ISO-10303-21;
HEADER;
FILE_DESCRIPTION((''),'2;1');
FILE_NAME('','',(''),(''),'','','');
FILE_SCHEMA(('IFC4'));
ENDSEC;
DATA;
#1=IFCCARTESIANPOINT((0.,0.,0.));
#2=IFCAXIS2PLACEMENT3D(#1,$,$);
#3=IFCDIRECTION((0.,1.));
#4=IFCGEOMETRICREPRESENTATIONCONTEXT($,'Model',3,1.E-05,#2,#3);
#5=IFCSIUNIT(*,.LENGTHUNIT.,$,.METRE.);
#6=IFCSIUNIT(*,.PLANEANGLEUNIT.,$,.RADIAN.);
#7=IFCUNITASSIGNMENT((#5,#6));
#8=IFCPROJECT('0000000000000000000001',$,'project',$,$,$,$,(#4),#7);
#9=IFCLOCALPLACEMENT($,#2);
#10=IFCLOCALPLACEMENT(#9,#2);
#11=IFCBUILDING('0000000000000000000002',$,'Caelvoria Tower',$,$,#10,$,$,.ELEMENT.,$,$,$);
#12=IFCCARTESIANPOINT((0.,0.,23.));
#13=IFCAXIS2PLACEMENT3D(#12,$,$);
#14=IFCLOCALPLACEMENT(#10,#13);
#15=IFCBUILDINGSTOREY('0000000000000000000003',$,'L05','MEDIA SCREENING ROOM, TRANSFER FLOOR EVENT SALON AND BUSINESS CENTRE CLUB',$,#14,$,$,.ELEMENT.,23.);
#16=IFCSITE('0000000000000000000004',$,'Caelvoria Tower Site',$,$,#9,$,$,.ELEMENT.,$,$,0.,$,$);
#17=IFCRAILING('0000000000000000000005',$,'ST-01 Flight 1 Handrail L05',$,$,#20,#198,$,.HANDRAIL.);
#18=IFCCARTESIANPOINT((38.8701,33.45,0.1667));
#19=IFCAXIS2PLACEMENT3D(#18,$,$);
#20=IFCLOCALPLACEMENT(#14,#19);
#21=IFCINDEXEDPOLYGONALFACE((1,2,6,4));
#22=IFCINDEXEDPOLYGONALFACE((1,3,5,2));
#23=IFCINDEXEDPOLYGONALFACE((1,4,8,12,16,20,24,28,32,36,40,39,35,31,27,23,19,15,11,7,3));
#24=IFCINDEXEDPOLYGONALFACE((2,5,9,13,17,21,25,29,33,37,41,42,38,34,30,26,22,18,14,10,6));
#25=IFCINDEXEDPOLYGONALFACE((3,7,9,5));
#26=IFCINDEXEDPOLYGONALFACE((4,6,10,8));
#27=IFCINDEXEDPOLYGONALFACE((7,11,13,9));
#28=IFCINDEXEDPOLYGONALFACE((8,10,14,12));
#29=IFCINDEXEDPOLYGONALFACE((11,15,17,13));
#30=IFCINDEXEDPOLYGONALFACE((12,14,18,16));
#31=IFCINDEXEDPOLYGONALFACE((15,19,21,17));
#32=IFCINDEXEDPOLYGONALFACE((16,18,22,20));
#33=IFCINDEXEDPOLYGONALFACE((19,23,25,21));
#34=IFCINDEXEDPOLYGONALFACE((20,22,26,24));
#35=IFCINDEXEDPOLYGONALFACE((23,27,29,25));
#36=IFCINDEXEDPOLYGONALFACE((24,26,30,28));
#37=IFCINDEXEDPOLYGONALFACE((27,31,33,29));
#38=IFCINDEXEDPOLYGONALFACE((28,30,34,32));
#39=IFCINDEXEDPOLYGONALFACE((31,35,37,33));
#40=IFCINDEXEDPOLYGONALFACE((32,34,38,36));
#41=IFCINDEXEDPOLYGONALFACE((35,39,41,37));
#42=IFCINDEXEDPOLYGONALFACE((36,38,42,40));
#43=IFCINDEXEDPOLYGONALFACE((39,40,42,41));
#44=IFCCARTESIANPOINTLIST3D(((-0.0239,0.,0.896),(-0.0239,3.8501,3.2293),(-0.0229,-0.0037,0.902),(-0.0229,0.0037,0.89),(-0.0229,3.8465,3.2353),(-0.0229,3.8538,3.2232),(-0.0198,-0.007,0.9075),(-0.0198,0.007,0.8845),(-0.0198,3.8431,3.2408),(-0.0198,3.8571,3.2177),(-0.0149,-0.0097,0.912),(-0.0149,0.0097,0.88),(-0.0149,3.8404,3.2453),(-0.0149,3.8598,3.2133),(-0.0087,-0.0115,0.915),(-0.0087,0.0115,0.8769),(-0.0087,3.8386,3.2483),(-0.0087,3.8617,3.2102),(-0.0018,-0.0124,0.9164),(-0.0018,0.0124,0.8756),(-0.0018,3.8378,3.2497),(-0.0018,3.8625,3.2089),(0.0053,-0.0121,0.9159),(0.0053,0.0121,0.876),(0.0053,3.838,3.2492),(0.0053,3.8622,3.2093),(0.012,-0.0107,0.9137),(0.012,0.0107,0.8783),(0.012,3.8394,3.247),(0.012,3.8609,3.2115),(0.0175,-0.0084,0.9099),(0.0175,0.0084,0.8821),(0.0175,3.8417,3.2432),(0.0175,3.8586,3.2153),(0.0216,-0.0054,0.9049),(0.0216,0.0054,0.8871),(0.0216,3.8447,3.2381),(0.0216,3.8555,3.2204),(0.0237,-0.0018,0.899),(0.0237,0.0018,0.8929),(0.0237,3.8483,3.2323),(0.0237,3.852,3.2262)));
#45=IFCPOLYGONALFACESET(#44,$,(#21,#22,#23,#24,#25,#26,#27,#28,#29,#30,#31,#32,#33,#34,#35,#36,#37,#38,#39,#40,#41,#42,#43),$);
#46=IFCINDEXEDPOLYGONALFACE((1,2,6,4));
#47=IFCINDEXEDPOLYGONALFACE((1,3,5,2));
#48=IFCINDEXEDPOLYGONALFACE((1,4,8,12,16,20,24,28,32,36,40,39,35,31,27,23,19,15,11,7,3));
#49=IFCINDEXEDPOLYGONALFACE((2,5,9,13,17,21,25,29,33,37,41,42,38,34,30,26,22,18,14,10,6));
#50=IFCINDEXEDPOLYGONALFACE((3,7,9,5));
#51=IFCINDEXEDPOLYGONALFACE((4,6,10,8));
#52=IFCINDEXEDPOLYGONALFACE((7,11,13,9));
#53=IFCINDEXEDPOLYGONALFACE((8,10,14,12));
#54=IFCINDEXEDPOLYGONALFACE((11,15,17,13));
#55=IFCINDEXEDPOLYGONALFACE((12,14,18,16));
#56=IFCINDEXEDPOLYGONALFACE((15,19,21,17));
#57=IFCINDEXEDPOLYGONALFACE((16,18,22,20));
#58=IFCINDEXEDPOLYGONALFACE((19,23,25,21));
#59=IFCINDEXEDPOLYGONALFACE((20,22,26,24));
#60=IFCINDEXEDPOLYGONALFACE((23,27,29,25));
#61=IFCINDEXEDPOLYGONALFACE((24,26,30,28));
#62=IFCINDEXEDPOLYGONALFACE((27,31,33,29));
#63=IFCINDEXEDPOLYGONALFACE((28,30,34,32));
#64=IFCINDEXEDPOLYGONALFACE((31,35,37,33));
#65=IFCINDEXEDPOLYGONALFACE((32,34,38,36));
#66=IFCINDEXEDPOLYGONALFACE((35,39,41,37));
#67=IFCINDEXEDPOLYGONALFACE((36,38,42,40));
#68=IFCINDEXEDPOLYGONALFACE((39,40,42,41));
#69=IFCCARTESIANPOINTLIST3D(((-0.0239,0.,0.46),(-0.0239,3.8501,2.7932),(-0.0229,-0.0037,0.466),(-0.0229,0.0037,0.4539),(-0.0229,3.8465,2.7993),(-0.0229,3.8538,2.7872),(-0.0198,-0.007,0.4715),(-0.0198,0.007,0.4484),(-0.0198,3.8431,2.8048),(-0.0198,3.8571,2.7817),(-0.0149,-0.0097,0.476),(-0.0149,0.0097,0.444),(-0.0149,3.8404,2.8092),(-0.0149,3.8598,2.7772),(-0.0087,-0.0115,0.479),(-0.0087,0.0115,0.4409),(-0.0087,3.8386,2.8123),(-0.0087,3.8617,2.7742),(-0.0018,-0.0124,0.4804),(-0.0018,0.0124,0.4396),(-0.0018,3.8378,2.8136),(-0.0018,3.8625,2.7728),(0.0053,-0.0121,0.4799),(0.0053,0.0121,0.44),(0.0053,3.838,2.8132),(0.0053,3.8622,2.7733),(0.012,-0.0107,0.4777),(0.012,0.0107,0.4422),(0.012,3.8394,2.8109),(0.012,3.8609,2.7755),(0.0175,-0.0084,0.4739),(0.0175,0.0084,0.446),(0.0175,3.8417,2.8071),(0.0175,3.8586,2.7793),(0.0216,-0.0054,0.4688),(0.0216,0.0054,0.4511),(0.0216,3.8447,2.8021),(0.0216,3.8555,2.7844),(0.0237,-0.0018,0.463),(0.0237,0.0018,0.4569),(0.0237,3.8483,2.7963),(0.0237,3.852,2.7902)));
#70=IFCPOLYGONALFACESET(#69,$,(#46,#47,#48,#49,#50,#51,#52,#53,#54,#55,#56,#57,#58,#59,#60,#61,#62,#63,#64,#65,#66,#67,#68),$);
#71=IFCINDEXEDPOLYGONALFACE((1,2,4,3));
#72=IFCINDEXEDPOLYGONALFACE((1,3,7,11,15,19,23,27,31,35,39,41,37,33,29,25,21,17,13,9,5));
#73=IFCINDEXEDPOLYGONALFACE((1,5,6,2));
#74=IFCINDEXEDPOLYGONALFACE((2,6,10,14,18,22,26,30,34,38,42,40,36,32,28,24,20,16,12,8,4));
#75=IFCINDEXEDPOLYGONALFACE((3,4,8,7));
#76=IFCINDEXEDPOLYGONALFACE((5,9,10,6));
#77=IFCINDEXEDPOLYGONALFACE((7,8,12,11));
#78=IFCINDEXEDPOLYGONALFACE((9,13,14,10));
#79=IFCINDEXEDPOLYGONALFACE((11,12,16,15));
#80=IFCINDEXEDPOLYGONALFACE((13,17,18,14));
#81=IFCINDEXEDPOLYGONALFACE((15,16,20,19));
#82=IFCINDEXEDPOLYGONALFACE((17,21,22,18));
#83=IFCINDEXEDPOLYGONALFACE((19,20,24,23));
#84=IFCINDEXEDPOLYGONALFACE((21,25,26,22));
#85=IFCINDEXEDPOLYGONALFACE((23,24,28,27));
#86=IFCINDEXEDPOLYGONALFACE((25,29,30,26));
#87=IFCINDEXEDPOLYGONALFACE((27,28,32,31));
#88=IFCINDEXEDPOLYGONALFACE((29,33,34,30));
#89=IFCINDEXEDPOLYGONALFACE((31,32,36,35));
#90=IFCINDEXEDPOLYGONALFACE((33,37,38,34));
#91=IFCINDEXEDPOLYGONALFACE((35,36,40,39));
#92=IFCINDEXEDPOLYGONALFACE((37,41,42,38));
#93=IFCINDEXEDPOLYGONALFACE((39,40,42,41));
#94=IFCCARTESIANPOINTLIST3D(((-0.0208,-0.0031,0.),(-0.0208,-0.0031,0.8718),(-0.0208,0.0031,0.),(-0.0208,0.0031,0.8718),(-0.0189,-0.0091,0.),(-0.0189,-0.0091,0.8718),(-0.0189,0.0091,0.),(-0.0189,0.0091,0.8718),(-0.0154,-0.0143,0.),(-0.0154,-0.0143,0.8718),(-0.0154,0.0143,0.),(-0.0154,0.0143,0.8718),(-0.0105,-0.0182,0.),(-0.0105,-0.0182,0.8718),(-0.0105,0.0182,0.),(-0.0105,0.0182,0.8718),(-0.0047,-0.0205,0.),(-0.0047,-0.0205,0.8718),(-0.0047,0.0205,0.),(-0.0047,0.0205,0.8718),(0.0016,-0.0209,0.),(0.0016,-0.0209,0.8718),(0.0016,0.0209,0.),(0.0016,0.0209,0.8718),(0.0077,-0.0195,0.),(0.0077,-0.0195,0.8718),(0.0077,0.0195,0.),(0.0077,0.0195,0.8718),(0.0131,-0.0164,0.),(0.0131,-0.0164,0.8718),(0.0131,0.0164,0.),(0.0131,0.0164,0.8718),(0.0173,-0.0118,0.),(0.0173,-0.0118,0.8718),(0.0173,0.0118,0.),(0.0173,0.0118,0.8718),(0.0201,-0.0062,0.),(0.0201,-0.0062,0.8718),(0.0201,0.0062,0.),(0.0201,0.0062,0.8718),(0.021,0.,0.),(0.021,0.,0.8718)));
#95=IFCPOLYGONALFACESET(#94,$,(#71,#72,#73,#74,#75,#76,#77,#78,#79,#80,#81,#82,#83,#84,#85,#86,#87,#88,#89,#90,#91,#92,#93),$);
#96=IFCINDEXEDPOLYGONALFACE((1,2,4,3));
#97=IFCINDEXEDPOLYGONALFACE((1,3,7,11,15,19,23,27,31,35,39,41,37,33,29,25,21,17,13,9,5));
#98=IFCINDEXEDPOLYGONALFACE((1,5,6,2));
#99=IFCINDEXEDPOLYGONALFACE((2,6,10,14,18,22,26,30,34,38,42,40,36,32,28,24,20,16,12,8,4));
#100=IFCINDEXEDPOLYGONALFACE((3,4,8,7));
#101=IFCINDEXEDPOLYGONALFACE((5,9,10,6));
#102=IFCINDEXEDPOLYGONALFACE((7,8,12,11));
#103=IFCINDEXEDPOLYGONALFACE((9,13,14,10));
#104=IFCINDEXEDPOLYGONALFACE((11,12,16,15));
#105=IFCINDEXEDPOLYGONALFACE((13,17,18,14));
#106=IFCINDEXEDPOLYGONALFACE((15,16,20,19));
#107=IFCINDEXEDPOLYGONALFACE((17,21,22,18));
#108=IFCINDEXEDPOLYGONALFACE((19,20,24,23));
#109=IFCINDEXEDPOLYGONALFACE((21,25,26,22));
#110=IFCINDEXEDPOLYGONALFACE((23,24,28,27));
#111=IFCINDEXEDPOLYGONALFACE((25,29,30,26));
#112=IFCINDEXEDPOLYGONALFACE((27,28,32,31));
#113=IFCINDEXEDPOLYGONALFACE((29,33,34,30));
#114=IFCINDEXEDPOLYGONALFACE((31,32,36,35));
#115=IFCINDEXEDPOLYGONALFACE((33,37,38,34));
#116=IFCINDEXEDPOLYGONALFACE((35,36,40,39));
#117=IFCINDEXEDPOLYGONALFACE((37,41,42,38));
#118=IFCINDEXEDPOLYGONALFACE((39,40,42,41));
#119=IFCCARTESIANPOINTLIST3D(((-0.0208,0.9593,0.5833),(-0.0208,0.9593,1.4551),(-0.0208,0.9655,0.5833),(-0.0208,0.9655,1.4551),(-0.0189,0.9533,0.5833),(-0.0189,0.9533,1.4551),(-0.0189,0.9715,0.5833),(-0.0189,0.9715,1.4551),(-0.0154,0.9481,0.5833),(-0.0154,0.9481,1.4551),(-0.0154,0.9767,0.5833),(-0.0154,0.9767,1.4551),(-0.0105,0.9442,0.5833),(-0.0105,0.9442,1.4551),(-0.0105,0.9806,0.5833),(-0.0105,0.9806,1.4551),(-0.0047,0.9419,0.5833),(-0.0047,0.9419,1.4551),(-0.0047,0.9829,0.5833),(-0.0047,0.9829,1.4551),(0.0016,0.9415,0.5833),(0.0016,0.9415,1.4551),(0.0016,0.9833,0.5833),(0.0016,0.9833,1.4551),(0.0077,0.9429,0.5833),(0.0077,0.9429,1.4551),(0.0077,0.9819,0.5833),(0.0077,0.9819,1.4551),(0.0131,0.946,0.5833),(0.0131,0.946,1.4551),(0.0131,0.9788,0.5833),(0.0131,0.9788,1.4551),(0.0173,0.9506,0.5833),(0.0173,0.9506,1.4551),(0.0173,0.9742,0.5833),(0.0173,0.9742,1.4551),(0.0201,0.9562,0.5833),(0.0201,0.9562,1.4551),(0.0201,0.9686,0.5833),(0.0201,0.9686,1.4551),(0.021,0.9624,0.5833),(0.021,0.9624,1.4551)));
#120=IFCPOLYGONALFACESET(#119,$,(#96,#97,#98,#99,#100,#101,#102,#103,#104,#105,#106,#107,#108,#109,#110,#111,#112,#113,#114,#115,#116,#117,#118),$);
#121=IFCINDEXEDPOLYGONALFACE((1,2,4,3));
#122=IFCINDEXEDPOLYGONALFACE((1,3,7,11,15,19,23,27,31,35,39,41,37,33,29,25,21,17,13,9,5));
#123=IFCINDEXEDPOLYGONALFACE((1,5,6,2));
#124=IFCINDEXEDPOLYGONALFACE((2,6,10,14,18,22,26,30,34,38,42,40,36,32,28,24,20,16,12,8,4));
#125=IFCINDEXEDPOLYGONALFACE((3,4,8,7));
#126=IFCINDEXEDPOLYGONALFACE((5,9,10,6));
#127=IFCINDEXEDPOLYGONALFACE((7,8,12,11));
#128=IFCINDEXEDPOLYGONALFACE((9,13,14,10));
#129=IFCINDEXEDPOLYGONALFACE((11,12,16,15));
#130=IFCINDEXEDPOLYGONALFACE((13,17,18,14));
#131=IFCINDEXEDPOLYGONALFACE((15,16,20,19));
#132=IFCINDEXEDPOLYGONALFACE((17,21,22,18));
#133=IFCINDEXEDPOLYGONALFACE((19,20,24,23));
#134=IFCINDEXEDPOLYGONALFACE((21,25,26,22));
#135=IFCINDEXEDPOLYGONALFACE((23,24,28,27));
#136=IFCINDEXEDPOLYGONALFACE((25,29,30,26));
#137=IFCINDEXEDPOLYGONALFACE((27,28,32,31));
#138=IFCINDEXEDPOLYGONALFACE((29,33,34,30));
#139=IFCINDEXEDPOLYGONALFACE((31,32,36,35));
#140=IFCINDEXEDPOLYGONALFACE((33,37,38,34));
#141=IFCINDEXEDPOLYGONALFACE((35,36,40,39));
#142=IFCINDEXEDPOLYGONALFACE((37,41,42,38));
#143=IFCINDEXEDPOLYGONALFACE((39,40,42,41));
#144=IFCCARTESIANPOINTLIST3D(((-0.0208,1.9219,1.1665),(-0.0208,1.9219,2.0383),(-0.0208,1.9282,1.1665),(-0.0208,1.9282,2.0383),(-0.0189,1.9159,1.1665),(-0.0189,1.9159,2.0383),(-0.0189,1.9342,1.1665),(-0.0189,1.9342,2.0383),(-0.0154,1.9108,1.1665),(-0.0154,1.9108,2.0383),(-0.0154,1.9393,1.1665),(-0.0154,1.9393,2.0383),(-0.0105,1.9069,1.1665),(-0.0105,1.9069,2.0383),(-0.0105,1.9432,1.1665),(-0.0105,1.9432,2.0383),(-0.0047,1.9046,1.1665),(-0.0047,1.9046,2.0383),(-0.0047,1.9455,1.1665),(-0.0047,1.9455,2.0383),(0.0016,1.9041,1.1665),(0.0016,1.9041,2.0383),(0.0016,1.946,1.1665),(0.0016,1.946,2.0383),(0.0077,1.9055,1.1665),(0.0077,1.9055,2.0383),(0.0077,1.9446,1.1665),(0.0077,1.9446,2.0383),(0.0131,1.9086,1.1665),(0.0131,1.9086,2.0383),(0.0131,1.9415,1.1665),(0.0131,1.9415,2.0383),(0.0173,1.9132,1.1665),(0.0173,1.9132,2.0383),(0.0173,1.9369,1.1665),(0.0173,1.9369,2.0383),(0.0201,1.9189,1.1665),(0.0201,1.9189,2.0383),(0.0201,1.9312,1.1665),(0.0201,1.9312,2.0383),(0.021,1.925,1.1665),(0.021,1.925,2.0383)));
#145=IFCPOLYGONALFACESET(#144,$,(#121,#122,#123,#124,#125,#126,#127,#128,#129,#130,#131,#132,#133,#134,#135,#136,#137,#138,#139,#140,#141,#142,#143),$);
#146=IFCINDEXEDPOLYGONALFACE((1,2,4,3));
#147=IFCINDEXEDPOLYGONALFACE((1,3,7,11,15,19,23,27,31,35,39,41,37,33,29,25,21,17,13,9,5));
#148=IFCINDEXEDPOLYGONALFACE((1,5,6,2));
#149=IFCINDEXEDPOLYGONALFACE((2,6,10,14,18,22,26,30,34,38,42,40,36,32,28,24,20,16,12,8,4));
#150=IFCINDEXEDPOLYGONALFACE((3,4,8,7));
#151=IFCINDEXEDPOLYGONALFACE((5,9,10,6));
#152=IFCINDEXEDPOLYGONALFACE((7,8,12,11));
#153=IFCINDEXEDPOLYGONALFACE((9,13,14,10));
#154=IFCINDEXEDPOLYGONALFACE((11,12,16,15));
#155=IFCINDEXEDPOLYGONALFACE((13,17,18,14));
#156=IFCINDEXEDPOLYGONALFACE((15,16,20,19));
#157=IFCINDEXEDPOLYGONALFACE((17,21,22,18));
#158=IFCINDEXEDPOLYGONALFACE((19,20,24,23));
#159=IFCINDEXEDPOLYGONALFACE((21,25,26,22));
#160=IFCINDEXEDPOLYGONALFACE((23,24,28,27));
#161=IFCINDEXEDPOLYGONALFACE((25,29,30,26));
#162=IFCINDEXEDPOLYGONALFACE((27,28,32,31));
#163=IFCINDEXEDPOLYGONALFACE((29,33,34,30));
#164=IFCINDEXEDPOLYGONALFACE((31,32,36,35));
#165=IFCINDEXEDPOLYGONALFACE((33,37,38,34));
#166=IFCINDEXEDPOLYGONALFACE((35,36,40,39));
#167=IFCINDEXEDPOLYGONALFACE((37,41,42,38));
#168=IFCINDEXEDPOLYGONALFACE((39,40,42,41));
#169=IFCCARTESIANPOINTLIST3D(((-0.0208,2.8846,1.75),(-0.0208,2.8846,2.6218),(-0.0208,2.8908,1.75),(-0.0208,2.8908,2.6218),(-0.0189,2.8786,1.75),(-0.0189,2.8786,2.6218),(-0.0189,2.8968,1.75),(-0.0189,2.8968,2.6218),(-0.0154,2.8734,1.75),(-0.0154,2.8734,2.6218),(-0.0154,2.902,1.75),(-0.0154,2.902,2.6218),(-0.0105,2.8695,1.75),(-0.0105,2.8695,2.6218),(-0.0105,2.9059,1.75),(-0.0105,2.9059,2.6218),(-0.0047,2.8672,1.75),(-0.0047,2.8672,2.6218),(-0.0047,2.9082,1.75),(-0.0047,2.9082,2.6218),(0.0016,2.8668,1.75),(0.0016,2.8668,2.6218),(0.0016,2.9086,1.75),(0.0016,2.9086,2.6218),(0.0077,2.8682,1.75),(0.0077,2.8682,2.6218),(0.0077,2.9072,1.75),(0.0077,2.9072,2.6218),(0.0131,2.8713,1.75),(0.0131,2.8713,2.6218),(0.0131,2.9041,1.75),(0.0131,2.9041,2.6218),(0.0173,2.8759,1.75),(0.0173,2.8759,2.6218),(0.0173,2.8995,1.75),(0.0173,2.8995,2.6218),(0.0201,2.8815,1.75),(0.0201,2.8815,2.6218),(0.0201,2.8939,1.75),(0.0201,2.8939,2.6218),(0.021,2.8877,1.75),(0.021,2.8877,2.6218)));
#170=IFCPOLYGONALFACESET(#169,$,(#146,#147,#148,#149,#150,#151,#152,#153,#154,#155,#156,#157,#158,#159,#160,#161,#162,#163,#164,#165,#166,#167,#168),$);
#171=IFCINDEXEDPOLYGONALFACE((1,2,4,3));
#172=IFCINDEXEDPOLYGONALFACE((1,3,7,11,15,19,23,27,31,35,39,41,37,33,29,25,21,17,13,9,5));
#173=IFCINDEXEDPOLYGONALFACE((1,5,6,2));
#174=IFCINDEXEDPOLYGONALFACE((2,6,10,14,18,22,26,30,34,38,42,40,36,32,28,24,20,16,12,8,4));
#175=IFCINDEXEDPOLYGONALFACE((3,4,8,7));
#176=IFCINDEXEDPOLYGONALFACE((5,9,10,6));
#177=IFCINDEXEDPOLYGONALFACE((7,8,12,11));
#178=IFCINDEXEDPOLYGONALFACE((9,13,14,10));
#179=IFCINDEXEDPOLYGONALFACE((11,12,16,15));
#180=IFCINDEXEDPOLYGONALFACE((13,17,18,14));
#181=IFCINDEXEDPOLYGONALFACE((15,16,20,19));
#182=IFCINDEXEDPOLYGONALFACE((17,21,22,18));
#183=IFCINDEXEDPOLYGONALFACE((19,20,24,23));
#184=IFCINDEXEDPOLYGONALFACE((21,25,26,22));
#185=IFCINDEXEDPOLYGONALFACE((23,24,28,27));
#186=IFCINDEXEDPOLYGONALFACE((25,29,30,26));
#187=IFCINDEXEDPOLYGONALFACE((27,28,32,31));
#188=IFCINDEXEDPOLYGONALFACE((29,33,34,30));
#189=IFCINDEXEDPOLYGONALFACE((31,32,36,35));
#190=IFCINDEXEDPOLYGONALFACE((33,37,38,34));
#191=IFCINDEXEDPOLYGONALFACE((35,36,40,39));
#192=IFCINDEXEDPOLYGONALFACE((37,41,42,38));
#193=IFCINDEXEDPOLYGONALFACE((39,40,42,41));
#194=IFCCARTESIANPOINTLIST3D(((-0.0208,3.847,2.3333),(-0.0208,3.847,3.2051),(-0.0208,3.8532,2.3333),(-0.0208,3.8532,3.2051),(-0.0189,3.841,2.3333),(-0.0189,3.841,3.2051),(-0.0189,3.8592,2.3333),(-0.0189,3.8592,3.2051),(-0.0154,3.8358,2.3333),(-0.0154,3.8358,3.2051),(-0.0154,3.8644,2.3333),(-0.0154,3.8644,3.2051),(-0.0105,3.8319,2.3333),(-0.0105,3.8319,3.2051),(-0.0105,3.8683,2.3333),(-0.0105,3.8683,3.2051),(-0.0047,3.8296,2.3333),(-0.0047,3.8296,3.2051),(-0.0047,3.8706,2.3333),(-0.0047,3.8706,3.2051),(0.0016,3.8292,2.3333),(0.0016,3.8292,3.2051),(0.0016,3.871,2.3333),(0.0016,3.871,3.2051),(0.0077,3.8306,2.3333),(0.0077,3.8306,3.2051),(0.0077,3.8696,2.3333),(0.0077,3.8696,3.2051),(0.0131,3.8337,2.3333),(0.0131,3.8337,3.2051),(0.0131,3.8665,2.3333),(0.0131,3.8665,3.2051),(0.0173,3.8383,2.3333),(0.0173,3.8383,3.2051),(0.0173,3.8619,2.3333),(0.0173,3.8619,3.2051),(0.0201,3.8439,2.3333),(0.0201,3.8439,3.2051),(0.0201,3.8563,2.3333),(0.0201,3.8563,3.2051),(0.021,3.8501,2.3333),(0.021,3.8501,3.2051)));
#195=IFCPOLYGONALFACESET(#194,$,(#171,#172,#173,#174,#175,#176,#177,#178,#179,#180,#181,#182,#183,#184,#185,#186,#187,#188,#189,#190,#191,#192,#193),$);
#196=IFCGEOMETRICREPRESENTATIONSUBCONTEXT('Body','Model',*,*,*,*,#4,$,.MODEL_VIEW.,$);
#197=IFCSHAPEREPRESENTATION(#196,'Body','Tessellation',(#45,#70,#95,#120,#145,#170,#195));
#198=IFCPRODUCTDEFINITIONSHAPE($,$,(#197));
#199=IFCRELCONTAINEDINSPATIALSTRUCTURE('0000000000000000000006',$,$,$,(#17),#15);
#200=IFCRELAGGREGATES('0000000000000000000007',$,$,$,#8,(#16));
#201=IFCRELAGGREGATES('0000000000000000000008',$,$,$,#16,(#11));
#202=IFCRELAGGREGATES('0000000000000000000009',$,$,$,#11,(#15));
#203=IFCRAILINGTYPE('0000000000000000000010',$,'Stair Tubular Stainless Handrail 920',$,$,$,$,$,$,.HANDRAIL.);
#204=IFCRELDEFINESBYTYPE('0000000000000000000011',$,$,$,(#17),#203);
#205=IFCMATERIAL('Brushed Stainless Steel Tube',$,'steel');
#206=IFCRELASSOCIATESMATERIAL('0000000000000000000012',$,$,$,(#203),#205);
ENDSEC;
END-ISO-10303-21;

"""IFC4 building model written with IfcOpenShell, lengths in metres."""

from ifc_helpers import new_model, si_unit, direction, frame, origin, origin_2d, place, context, subcontext, project, spatial, circle, extrude, material, type_object, element, save


model = new_model("IFC4")

# Units and contexts
model_context = context("Model", 3, precision=1e-05, world=origin(), true_north=direction((0.0, 1.0)))
body_context = subcontext(model_context, "Body", "Model", "MODEL_VIEW")
ifc_project = project(units=[si_unit("LENGTHUNIT", "METRE"), si_unit("PLANEANGLEUNIT", "RADIAN")], contexts=[model_context])

# Site, building, storey
site_placement = place(None, origin())
site = spatial("IfcSite", under=ifc_project, at=site_placement, Name="Caelvoria Tower Site", CompositionType="ELEMENT", RefElevation=0.0)
building_placement = place(site_placement, origin())
building = spatial("IfcBuilding", under=site, at=building_placement, Name="Caelvoria Tower", CompositionType="ELEMENT")
storey_placement = place(building_placement, frame((0.0, 0.0, 23.0)))
storey = spatial("IfcBuildingStorey", under=building, at=storey_placement, Name="L05", Description="MEDIA SCREENING ROOM, TRANSFER FLOOR EVENT SALON AND BUSINESS CENTRE CLUB", CompositionType="ELEMENT", Elevation=23.0)

# Railing
ifc_material_1 = material(Name="Brushed Stainless Steel Tube", Category="steel")
railing_type_1 = type_object("IfcRailingType", Name="Stair Tubular Stainless Handrail 920", PredefinedType="HANDRAIL", material=ifc_material_1)
railing_1_placement = place(storey_placement, frame((38.8701, 33.45, 0.1667)))
element("IfcRailing", 1, at=railing_1_placement, inside=storey, type_object=railing_type_1, Name="ST-01 Flight 1 Handrail L05", PredefinedType="HANDRAIL", context=body_context, shape_type="SweptSolid", body=[
    extrude(circle(Radius=0.0239, at=origin_2d()), frame((0.0, 0.0, 0.896), z_axis=(0.0, 0.855212, 0.518279), x_axis=(-1.0, 0.0, 0.0)), (0.0, 0.0, 1.0), 4.502),
    extrude(circle(Radius=0.0239, at=origin_2d()), frame((0.0, 0.0, 0.46), z_axis=(0.0, 0.855212, 0.518279), x_axis=(-1.0, 0.0, 0.0)), (0.0, 0.0, 1.0), 4.502),
    extrude(circle(Radius=0.021, at=origin_2d()), origin(), (0.0, 0.0, 1.0), 0.8718),
    extrude(circle(Radius=0.021, at=origin_2d()), frame((0.0, 0.9624, 0.5833)), (0.0, 0.0, 1.0), 0.8718),
    extrude(circle(Radius=0.021, at=origin_2d()), frame((0.0, 1.925, 1.1665)), (0.0, 0.0, 1.0), 0.8718),
    extrude(circle(Radius=0.021, at=origin_2d()), frame((0.0, 2.8877, 1.75)), (0.0, 0.0, 1.0), 0.8718),
    extrude(circle(Radius=0.021, at=origin_2d()), frame((0.0, 3.8501, 2.3333)), (0.0, 0.0, 1.0), 0.8718),
])

save(model, "model.ifc")
